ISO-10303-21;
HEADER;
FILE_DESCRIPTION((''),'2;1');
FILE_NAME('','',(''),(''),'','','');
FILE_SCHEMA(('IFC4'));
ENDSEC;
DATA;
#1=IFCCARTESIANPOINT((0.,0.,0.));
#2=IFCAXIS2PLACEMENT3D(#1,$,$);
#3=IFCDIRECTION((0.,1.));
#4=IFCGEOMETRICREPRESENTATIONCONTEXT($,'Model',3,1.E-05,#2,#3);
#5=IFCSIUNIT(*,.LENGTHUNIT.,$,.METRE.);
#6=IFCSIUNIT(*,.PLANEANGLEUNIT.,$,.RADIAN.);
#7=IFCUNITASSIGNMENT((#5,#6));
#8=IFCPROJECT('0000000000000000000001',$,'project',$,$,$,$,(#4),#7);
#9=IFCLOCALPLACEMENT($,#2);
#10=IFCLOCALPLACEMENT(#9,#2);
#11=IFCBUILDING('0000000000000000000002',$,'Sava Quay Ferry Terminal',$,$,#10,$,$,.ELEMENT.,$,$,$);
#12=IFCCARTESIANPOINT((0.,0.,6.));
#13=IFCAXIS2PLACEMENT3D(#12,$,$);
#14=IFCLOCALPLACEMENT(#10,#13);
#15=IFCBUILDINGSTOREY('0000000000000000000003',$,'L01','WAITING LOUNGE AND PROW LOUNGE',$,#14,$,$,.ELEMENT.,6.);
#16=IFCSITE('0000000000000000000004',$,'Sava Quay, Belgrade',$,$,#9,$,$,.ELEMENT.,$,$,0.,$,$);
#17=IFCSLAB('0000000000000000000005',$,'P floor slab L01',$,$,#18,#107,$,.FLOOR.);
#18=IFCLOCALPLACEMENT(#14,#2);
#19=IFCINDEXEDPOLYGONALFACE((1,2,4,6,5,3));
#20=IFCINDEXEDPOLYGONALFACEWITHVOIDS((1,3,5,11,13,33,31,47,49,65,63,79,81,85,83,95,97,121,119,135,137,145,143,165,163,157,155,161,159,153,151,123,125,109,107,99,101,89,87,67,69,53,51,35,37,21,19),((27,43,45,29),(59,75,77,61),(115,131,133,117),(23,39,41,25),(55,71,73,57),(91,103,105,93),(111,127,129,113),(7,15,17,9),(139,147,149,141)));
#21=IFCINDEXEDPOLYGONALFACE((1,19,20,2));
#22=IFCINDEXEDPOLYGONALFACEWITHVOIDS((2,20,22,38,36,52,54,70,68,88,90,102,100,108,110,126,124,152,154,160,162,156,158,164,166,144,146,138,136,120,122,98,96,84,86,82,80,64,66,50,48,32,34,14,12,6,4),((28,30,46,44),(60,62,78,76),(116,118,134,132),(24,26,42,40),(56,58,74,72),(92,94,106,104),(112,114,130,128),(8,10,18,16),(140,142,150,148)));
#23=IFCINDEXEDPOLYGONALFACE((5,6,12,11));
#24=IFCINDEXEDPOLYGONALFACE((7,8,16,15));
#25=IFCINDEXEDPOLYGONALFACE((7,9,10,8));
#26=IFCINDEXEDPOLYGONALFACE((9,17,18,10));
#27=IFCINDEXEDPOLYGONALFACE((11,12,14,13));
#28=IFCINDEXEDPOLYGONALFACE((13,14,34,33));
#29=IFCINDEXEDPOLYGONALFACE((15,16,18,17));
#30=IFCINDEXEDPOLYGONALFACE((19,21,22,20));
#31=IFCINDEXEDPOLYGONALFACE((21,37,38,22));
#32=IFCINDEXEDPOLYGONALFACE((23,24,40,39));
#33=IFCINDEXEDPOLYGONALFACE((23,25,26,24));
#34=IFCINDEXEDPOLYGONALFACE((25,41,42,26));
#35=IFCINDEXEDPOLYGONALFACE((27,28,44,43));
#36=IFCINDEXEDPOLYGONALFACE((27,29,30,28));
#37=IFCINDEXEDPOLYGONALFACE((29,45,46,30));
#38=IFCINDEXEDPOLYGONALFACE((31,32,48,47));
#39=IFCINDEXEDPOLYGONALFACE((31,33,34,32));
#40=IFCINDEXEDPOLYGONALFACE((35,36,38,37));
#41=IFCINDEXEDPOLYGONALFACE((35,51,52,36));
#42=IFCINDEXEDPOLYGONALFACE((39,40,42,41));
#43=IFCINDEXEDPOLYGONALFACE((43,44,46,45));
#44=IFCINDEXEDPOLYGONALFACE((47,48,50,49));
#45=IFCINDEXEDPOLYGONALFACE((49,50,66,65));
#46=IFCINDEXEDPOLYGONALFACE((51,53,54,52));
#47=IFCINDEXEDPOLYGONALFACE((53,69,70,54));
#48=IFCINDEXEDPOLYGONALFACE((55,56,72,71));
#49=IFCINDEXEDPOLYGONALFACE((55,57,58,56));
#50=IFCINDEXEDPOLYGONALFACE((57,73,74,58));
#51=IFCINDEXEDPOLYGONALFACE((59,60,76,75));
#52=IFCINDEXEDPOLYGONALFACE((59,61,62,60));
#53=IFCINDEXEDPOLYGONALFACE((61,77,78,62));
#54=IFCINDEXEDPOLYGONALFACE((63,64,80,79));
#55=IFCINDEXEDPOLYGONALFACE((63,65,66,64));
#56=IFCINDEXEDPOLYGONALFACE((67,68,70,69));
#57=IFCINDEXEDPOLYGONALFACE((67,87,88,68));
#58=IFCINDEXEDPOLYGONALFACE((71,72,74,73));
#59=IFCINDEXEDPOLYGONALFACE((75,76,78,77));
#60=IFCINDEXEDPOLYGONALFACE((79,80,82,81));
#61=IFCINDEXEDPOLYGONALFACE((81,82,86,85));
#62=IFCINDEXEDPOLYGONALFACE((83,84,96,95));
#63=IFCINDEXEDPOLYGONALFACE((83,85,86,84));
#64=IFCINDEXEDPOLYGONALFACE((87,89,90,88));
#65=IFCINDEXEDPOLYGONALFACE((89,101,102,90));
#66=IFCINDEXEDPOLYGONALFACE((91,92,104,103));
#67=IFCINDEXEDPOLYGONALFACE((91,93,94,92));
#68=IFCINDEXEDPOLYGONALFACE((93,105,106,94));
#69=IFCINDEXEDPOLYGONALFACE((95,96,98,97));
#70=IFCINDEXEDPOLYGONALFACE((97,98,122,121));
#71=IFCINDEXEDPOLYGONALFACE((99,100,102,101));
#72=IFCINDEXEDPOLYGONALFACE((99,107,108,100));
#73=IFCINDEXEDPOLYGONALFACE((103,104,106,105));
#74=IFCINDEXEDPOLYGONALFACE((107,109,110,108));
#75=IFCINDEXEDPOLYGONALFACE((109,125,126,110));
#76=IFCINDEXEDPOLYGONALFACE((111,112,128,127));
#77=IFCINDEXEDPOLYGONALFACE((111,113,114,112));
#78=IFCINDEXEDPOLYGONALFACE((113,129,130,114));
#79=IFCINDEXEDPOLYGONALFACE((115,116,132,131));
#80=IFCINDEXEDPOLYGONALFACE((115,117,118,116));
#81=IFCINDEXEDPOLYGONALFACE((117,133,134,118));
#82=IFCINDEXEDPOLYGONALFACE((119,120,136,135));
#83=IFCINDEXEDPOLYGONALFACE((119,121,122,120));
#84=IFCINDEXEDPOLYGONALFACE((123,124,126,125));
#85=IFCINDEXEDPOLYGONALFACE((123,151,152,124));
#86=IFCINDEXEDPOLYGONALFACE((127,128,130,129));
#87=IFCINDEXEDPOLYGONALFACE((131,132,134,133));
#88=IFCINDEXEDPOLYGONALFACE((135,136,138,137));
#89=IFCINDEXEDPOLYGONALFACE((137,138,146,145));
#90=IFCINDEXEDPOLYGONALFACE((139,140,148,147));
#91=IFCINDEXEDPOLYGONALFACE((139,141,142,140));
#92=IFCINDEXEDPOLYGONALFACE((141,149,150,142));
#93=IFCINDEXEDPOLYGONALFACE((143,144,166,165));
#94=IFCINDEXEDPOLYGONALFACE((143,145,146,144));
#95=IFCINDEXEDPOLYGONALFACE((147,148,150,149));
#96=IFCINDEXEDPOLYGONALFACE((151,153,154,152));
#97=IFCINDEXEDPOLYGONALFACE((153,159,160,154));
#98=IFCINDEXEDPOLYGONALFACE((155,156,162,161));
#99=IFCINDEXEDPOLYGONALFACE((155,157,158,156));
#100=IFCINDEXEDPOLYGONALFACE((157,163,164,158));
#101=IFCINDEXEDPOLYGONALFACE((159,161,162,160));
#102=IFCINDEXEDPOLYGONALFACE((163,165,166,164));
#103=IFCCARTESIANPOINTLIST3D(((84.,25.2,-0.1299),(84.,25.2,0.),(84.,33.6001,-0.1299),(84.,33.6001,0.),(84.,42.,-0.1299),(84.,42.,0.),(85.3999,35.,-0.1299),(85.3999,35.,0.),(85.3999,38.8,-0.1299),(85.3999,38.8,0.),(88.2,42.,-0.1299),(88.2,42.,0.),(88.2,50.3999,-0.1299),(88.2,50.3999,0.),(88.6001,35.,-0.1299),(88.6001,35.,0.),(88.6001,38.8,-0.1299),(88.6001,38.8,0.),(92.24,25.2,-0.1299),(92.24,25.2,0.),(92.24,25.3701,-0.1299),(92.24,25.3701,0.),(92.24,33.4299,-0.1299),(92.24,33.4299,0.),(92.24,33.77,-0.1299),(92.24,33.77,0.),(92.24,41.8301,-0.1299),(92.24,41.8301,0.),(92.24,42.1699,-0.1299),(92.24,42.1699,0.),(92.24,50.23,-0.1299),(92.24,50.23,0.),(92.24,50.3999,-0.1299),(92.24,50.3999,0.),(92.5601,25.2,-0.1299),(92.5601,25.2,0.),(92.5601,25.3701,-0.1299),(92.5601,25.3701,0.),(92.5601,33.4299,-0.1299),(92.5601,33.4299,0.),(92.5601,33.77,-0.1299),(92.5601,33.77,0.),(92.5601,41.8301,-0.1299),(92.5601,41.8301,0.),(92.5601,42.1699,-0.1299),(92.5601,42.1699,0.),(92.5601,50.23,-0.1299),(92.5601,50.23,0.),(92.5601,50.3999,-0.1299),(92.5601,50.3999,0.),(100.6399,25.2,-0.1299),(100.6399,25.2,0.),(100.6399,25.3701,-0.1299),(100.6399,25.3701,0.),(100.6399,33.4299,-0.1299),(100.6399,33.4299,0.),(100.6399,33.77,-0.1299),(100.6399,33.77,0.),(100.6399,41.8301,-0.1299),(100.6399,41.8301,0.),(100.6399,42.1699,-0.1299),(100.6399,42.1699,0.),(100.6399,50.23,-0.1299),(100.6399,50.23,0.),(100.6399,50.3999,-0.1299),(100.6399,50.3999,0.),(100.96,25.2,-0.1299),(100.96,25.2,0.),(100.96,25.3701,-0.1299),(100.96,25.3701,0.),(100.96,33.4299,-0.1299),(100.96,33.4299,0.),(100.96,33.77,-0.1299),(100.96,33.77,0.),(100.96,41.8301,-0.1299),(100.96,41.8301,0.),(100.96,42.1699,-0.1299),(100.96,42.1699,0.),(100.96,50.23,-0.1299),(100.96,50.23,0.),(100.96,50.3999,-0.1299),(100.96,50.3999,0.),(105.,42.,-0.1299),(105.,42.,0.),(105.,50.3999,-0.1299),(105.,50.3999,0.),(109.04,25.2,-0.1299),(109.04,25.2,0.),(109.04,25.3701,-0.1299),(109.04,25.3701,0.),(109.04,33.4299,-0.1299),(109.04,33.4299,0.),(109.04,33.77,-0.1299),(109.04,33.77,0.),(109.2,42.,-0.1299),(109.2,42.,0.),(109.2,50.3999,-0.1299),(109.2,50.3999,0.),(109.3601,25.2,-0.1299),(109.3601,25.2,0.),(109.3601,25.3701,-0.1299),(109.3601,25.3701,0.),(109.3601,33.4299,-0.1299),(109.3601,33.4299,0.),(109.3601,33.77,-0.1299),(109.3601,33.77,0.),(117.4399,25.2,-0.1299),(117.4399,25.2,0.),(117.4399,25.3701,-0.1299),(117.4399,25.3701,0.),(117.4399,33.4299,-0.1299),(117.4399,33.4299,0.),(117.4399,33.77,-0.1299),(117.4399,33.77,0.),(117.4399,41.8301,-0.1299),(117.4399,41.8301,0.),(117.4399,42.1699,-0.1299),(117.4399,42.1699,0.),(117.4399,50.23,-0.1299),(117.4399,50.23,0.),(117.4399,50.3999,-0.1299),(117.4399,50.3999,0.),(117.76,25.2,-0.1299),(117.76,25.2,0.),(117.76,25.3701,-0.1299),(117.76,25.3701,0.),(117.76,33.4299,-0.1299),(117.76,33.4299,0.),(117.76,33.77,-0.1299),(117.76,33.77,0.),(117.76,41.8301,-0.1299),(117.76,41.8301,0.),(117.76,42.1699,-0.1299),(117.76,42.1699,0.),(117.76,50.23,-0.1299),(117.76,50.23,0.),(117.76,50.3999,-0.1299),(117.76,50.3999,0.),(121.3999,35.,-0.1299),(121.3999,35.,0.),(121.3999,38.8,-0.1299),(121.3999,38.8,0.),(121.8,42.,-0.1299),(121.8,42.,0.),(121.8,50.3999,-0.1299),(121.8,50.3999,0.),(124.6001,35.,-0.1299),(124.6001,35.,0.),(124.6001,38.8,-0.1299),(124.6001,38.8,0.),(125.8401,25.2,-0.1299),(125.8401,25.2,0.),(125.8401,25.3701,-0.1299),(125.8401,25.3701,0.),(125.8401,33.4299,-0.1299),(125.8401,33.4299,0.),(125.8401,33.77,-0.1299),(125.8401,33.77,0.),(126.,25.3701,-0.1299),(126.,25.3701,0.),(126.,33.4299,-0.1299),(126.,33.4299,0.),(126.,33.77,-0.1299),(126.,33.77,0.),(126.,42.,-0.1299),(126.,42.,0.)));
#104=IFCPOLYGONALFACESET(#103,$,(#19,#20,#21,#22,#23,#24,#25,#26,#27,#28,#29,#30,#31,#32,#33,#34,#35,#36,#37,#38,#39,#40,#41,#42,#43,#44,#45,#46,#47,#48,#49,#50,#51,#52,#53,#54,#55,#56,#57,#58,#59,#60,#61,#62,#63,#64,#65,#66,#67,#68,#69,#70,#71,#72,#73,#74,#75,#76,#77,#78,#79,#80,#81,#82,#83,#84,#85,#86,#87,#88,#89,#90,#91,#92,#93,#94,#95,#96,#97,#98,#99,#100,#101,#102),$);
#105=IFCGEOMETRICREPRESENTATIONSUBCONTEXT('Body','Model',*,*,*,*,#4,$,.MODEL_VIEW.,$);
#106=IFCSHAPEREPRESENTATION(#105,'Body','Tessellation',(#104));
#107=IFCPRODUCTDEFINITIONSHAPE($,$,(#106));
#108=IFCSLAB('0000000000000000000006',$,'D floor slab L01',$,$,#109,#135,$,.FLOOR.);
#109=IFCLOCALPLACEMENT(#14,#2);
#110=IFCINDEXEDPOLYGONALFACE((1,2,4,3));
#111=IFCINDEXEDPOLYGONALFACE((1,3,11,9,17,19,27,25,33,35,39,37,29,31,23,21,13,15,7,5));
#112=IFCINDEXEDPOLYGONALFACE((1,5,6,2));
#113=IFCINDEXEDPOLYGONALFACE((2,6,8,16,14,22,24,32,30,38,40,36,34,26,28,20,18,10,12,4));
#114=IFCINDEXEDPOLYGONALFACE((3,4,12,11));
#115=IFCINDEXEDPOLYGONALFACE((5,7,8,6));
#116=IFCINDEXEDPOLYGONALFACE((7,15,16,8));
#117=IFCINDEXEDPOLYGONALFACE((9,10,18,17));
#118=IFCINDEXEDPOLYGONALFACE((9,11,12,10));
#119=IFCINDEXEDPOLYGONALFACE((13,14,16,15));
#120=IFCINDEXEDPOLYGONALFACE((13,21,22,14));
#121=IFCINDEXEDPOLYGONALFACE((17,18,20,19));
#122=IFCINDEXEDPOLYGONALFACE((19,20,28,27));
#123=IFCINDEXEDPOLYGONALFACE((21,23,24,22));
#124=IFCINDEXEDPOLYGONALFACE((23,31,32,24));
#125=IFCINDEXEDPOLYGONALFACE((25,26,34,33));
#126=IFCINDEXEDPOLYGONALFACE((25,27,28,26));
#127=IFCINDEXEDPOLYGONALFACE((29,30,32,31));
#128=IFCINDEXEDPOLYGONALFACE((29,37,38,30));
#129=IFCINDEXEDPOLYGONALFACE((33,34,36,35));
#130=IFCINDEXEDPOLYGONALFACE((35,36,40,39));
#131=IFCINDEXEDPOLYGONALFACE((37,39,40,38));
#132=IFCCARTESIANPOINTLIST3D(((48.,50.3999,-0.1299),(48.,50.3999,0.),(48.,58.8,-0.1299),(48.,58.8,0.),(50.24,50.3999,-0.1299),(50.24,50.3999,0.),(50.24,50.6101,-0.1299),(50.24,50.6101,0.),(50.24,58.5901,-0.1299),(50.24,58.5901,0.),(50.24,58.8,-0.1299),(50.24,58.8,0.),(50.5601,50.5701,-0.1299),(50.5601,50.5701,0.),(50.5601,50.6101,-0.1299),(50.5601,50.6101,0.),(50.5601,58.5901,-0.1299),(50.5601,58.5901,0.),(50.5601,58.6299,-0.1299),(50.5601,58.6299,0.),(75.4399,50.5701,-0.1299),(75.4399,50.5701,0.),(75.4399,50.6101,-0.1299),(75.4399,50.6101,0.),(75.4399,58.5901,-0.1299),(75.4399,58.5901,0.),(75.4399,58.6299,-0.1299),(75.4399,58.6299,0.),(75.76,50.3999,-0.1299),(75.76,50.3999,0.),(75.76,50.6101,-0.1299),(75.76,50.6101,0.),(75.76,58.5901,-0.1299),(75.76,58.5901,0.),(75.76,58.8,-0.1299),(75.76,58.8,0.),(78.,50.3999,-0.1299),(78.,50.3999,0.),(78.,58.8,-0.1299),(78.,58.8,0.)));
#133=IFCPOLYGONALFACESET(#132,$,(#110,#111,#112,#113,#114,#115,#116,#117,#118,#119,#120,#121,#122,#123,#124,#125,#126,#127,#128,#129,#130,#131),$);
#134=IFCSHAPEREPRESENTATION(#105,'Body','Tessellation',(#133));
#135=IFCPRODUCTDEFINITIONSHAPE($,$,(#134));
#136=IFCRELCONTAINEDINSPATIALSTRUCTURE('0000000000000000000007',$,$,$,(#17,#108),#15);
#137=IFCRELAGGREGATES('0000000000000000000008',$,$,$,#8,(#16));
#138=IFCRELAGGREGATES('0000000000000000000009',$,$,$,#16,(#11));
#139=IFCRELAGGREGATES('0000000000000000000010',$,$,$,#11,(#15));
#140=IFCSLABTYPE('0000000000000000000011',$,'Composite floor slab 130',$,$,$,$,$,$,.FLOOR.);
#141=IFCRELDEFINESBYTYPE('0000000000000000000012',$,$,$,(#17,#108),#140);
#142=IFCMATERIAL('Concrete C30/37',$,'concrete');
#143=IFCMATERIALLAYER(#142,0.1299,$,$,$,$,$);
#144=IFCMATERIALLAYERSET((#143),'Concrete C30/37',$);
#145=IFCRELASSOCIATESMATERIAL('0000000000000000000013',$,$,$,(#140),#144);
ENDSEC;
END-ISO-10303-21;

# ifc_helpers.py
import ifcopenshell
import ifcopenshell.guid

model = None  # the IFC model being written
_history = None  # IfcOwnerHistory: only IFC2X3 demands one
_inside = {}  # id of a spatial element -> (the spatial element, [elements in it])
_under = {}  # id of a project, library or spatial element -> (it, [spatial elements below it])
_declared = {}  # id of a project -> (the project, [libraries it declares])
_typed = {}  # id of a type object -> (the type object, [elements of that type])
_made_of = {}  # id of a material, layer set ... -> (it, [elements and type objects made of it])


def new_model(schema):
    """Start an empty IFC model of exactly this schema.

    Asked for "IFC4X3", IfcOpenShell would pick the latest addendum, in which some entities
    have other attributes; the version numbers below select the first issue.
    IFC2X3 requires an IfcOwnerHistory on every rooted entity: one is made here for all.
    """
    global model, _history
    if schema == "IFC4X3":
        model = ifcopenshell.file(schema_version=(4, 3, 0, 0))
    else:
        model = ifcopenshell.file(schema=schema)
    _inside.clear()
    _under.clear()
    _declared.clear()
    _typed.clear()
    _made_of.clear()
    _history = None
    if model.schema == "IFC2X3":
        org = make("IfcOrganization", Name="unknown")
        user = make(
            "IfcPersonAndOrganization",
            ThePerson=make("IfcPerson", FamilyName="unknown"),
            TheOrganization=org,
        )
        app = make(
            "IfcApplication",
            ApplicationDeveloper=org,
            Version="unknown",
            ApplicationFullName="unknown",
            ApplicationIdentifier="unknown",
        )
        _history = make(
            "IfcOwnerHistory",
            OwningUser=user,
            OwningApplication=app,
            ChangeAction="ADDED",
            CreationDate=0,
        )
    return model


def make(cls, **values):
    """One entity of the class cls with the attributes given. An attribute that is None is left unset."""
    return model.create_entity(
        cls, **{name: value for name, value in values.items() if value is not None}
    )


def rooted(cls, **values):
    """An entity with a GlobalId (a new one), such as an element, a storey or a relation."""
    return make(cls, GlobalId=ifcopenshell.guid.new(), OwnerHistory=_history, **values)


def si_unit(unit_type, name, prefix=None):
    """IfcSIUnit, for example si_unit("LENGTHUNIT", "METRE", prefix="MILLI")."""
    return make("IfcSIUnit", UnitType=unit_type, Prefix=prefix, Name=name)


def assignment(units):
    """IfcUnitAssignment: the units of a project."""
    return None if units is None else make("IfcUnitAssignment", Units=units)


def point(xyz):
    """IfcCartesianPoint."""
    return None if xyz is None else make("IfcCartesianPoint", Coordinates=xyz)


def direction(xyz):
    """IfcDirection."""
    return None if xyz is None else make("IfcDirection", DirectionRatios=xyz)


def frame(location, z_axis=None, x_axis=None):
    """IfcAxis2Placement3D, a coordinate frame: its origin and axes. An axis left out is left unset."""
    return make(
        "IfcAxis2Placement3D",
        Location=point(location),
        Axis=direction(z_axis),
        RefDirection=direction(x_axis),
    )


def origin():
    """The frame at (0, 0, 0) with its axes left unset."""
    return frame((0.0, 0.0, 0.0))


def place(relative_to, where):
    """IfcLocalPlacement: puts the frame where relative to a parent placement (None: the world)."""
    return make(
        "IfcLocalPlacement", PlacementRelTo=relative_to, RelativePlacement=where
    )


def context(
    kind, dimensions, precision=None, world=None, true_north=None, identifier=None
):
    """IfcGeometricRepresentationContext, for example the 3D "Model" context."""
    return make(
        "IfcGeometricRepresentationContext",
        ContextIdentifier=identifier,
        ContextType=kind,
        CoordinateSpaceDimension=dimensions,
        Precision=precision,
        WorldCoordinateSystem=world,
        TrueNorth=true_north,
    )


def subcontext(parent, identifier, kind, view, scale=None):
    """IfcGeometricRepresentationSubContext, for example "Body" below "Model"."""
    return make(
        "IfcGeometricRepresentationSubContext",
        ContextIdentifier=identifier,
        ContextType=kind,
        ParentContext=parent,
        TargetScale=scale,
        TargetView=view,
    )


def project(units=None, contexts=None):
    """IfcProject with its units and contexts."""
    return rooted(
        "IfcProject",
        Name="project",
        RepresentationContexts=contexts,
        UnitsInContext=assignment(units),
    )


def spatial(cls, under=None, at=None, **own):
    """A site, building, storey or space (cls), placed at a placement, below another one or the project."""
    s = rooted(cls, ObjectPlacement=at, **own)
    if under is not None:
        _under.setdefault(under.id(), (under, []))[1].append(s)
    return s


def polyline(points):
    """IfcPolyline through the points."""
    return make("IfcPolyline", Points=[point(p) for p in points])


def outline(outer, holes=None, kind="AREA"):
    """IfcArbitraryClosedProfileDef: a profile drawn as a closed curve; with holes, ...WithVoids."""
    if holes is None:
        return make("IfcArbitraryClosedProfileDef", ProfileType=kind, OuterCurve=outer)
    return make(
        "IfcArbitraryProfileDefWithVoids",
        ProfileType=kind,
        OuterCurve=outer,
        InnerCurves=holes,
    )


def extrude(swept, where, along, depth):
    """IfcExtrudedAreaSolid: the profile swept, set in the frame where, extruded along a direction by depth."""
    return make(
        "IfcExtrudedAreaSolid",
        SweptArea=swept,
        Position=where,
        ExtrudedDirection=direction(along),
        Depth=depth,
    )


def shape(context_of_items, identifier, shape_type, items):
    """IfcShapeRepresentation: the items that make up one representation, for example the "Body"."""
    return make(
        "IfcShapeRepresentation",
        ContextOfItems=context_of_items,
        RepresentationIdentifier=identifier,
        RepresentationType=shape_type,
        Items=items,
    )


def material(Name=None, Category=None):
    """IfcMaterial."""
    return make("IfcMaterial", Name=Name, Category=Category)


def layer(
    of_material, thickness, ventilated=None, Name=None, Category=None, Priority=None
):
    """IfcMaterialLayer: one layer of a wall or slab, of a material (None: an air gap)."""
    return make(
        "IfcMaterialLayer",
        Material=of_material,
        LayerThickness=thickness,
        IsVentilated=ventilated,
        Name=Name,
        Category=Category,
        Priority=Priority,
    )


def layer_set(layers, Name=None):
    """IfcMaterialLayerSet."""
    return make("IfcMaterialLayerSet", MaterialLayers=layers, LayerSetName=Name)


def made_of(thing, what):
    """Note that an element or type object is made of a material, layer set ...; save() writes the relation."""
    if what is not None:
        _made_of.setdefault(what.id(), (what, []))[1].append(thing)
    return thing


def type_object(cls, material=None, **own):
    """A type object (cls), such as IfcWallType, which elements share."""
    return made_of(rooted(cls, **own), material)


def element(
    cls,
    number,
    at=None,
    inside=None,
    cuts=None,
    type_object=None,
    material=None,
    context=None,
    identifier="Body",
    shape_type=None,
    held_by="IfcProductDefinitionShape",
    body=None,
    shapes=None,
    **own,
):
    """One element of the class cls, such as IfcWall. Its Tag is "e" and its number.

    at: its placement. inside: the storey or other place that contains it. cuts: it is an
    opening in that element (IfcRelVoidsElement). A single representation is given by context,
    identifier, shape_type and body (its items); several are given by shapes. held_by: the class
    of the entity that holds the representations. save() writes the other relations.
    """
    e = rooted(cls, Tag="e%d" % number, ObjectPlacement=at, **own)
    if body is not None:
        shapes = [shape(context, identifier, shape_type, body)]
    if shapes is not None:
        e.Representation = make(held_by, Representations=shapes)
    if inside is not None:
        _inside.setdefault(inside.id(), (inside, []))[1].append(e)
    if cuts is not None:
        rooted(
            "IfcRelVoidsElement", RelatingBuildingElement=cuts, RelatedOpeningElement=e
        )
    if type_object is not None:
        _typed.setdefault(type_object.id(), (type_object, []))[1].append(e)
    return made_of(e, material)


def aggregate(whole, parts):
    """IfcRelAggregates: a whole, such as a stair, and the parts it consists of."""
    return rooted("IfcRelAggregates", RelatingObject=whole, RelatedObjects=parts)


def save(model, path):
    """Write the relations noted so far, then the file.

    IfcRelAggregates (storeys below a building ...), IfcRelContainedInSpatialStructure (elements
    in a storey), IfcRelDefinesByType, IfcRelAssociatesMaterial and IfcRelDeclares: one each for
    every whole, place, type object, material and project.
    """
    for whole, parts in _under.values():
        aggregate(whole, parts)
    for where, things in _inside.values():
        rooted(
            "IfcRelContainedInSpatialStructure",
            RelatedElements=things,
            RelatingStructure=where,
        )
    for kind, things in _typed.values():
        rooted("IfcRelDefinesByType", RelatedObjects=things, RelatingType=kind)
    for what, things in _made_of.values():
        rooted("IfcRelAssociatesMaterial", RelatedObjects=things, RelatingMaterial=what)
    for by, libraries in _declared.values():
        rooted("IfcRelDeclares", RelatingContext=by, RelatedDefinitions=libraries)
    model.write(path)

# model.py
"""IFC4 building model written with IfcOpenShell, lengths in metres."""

from ifc_helpers import new_model, si_unit, direction, frame, origin, place, context, subcontext, project, spatial, polyline, outline, extrude, material, layer, layer_set, type_object, element, save


model = new_model("IFC4")

# Units and contexts
model_context = context("Model", 3, precision=1e-05, world=origin(), true_north=direction((0.0, 1.0)))
body_context = subcontext(model_context, "Body", "Model", "MODEL_VIEW")
ifc_project = project(units=[si_unit("LENGTHUNIT", "METRE"), si_unit("PLANEANGLEUNIT", "RADIAN")], contexts=[model_context])

# Site, building, storey
site_placement = place(None, origin())
site = spatial("IfcSite", under=ifc_project, at=site_placement, Name="Sava Quay, Belgrade", CompositionType="ELEMENT", RefElevation=0.0)
building_placement = place(site_placement, origin())
building = spatial("IfcBuilding", under=site, at=building_placement, Name="Sava Quay Ferry Terminal", CompositionType="ELEMENT")
storey_placement = place(building_placement, frame((0.0, 0.0, 6.0)))
storey = spatial("IfcBuildingStorey", under=building, at=storey_placement, Name="L01", Description="WAITING LOUNGE AND PROW LOUNGE", CompositionType="ELEMENT", Elevation=6.0)

# Slabs
ifc_material_1 = material(Name="Concrete C30/37", Category="concrete")
ifc_layer_1 = layer(ifc_material_1, 0.1299)
ifc_layer_set_1 = layer_set([ifc_layer_1], Name="Concrete C30/37")
slab_type_1 = type_object("IfcSlabType", Name="Composite floor slab 130", PredefinedType="FLOOR", material=ifc_layer_set_1)
slab_1_placement = place(storey_placement, frame((0.0, 0.0, -0.1299)))
element("IfcSlab", 1, at=slab_1_placement, inside=storey, type_object=slab_type_1, Name="P floor slab L01", PredefinedType="FLOOR", context=body_context, shape_type="SweptSolid", body=[
    extrude(outline(polyline([(125.8401, 25.3701), (125.8401, 25.2), (117.76, 25.2), (117.76, 25.3701), (117.4399, 25.3701), (117.4399, 25.2), (109.3601, 25.2), (109.3601, 25.3701), (109.04, 25.3701), (109.04, 25.2), (100.96, 25.2), (100.96, 25.3701), (100.6399, 25.3701), (100.6399, 25.2), (92.5601, 25.2), (92.5601, 25.3701), (92.24, 25.3701), (92.24, 25.2), (84.0, 25.2), (84.0, 33.6001), (84.0, 42.0), (88.2, 42.0), (88.2, 50.3999), (92.24, 50.3999), (92.24, 50.23), (92.5601, 50.23), (92.5601, 50.3999), (100.6399, 50.3999), (100.6399, 50.23), (100.96, 50.23), (100.96, 50.3999), (105.0, 50.3999), (105.0, 42.0), (109.2, 42.0), (109.2, 50.3999), (117.4399, 50.3999), (117.4399, 50.23), (117.76, 50.23), (117.76, 50.3999), (121.8, 50.3999), (121.8, 42.0), (126.0, 42.0), (126.0, 33.77), (125.8401, 33.77), (125.8401, 33.4299), (126.0, 33.4299), (126.0, 25.3701), (125.8401, 25.3701)]), holes=[polyline([(92.24, 33.77), (92.24, 33.4299), (92.5601, 33.4299), (92.5601, 33.77), (92.24, 33.77)]), polyline([(100.6399, 33.77), (100.6399, 33.4299), (100.96, 33.4299), (100.96, 33.77), (100.6399, 33.77)]), polyline([(85.3999, 35.0), (88.6001, 35.0), (88.6001, 38.8), (85.3999, 38.8), (85.3999, 35.0)]), polyline([(100.6399, 42.1699), (100.6399, 41.8301), (100.96, 41.8301), (100.96, 42.1699), (100.6399, 42.1699)]), polyline([(92.24, 42.1699), (92.24, 41.8301), (92.5601, 41.8301), (92.5601, 42.1699), (92.24, 42.1699)]), polyline([(109.04, 33.4299), (109.3601, 33.4299), (109.3601, 33.77), (109.04, 33.77), (109.04, 33.4299)]), polyline([(117.4399, 33.77), (117.4399, 33.4299), (117.76, 33.4299), (117.76, 33.77), (117.4399, 33.77)]), polyline([(121.3999, 38.8), (121.3999, 35.0), (124.6001, 35.0), (124.6001, 38.8), (121.3999, 38.8)]), polyline([(117.4399, 41.8301), (117.76, 41.8301), (117.76, 42.1699), (117.4399, 42.1699), (117.4399, 41.8301)])]), origin(), (0.0, 0.0, 1.0), 0.1299),
])
slab_2_placement = place(storey_placement, frame((0.0, 0.0, -0.1299)))
element("IfcSlab", 2, at=slab_2_placement, inside=storey, type_object=slab_type_1, Name="D floor slab L01", PredefinedType="FLOOR", context=body_context, shape_type="SweptSolid", body=[
    extrude(outline(polyline([(78.0, 50.3999), (75.76, 50.3999), (75.76, 50.6101), (75.4399, 50.6101), (75.4399, 50.5701), (50.5601, 50.5701), (50.5601, 50.6101), (50.24, 50.6101), (50.24, 50.3999), (48.0, 50.3999), (48.0, 58.8), (50.24, 58.8), (50.24, 58.5901), (50.5601, 58.5901), (50.5601, 58.6299), (75.4399, 58.6299), (75.4399, 58.5901), (75.76, 58.5901), (75.76, 58.8), (78.0, 58.8), (78.0, 50.3999)])), origin(), (0.0, 0.0, 1.0), 0.1299),
])

save(model, "model.ifc")
